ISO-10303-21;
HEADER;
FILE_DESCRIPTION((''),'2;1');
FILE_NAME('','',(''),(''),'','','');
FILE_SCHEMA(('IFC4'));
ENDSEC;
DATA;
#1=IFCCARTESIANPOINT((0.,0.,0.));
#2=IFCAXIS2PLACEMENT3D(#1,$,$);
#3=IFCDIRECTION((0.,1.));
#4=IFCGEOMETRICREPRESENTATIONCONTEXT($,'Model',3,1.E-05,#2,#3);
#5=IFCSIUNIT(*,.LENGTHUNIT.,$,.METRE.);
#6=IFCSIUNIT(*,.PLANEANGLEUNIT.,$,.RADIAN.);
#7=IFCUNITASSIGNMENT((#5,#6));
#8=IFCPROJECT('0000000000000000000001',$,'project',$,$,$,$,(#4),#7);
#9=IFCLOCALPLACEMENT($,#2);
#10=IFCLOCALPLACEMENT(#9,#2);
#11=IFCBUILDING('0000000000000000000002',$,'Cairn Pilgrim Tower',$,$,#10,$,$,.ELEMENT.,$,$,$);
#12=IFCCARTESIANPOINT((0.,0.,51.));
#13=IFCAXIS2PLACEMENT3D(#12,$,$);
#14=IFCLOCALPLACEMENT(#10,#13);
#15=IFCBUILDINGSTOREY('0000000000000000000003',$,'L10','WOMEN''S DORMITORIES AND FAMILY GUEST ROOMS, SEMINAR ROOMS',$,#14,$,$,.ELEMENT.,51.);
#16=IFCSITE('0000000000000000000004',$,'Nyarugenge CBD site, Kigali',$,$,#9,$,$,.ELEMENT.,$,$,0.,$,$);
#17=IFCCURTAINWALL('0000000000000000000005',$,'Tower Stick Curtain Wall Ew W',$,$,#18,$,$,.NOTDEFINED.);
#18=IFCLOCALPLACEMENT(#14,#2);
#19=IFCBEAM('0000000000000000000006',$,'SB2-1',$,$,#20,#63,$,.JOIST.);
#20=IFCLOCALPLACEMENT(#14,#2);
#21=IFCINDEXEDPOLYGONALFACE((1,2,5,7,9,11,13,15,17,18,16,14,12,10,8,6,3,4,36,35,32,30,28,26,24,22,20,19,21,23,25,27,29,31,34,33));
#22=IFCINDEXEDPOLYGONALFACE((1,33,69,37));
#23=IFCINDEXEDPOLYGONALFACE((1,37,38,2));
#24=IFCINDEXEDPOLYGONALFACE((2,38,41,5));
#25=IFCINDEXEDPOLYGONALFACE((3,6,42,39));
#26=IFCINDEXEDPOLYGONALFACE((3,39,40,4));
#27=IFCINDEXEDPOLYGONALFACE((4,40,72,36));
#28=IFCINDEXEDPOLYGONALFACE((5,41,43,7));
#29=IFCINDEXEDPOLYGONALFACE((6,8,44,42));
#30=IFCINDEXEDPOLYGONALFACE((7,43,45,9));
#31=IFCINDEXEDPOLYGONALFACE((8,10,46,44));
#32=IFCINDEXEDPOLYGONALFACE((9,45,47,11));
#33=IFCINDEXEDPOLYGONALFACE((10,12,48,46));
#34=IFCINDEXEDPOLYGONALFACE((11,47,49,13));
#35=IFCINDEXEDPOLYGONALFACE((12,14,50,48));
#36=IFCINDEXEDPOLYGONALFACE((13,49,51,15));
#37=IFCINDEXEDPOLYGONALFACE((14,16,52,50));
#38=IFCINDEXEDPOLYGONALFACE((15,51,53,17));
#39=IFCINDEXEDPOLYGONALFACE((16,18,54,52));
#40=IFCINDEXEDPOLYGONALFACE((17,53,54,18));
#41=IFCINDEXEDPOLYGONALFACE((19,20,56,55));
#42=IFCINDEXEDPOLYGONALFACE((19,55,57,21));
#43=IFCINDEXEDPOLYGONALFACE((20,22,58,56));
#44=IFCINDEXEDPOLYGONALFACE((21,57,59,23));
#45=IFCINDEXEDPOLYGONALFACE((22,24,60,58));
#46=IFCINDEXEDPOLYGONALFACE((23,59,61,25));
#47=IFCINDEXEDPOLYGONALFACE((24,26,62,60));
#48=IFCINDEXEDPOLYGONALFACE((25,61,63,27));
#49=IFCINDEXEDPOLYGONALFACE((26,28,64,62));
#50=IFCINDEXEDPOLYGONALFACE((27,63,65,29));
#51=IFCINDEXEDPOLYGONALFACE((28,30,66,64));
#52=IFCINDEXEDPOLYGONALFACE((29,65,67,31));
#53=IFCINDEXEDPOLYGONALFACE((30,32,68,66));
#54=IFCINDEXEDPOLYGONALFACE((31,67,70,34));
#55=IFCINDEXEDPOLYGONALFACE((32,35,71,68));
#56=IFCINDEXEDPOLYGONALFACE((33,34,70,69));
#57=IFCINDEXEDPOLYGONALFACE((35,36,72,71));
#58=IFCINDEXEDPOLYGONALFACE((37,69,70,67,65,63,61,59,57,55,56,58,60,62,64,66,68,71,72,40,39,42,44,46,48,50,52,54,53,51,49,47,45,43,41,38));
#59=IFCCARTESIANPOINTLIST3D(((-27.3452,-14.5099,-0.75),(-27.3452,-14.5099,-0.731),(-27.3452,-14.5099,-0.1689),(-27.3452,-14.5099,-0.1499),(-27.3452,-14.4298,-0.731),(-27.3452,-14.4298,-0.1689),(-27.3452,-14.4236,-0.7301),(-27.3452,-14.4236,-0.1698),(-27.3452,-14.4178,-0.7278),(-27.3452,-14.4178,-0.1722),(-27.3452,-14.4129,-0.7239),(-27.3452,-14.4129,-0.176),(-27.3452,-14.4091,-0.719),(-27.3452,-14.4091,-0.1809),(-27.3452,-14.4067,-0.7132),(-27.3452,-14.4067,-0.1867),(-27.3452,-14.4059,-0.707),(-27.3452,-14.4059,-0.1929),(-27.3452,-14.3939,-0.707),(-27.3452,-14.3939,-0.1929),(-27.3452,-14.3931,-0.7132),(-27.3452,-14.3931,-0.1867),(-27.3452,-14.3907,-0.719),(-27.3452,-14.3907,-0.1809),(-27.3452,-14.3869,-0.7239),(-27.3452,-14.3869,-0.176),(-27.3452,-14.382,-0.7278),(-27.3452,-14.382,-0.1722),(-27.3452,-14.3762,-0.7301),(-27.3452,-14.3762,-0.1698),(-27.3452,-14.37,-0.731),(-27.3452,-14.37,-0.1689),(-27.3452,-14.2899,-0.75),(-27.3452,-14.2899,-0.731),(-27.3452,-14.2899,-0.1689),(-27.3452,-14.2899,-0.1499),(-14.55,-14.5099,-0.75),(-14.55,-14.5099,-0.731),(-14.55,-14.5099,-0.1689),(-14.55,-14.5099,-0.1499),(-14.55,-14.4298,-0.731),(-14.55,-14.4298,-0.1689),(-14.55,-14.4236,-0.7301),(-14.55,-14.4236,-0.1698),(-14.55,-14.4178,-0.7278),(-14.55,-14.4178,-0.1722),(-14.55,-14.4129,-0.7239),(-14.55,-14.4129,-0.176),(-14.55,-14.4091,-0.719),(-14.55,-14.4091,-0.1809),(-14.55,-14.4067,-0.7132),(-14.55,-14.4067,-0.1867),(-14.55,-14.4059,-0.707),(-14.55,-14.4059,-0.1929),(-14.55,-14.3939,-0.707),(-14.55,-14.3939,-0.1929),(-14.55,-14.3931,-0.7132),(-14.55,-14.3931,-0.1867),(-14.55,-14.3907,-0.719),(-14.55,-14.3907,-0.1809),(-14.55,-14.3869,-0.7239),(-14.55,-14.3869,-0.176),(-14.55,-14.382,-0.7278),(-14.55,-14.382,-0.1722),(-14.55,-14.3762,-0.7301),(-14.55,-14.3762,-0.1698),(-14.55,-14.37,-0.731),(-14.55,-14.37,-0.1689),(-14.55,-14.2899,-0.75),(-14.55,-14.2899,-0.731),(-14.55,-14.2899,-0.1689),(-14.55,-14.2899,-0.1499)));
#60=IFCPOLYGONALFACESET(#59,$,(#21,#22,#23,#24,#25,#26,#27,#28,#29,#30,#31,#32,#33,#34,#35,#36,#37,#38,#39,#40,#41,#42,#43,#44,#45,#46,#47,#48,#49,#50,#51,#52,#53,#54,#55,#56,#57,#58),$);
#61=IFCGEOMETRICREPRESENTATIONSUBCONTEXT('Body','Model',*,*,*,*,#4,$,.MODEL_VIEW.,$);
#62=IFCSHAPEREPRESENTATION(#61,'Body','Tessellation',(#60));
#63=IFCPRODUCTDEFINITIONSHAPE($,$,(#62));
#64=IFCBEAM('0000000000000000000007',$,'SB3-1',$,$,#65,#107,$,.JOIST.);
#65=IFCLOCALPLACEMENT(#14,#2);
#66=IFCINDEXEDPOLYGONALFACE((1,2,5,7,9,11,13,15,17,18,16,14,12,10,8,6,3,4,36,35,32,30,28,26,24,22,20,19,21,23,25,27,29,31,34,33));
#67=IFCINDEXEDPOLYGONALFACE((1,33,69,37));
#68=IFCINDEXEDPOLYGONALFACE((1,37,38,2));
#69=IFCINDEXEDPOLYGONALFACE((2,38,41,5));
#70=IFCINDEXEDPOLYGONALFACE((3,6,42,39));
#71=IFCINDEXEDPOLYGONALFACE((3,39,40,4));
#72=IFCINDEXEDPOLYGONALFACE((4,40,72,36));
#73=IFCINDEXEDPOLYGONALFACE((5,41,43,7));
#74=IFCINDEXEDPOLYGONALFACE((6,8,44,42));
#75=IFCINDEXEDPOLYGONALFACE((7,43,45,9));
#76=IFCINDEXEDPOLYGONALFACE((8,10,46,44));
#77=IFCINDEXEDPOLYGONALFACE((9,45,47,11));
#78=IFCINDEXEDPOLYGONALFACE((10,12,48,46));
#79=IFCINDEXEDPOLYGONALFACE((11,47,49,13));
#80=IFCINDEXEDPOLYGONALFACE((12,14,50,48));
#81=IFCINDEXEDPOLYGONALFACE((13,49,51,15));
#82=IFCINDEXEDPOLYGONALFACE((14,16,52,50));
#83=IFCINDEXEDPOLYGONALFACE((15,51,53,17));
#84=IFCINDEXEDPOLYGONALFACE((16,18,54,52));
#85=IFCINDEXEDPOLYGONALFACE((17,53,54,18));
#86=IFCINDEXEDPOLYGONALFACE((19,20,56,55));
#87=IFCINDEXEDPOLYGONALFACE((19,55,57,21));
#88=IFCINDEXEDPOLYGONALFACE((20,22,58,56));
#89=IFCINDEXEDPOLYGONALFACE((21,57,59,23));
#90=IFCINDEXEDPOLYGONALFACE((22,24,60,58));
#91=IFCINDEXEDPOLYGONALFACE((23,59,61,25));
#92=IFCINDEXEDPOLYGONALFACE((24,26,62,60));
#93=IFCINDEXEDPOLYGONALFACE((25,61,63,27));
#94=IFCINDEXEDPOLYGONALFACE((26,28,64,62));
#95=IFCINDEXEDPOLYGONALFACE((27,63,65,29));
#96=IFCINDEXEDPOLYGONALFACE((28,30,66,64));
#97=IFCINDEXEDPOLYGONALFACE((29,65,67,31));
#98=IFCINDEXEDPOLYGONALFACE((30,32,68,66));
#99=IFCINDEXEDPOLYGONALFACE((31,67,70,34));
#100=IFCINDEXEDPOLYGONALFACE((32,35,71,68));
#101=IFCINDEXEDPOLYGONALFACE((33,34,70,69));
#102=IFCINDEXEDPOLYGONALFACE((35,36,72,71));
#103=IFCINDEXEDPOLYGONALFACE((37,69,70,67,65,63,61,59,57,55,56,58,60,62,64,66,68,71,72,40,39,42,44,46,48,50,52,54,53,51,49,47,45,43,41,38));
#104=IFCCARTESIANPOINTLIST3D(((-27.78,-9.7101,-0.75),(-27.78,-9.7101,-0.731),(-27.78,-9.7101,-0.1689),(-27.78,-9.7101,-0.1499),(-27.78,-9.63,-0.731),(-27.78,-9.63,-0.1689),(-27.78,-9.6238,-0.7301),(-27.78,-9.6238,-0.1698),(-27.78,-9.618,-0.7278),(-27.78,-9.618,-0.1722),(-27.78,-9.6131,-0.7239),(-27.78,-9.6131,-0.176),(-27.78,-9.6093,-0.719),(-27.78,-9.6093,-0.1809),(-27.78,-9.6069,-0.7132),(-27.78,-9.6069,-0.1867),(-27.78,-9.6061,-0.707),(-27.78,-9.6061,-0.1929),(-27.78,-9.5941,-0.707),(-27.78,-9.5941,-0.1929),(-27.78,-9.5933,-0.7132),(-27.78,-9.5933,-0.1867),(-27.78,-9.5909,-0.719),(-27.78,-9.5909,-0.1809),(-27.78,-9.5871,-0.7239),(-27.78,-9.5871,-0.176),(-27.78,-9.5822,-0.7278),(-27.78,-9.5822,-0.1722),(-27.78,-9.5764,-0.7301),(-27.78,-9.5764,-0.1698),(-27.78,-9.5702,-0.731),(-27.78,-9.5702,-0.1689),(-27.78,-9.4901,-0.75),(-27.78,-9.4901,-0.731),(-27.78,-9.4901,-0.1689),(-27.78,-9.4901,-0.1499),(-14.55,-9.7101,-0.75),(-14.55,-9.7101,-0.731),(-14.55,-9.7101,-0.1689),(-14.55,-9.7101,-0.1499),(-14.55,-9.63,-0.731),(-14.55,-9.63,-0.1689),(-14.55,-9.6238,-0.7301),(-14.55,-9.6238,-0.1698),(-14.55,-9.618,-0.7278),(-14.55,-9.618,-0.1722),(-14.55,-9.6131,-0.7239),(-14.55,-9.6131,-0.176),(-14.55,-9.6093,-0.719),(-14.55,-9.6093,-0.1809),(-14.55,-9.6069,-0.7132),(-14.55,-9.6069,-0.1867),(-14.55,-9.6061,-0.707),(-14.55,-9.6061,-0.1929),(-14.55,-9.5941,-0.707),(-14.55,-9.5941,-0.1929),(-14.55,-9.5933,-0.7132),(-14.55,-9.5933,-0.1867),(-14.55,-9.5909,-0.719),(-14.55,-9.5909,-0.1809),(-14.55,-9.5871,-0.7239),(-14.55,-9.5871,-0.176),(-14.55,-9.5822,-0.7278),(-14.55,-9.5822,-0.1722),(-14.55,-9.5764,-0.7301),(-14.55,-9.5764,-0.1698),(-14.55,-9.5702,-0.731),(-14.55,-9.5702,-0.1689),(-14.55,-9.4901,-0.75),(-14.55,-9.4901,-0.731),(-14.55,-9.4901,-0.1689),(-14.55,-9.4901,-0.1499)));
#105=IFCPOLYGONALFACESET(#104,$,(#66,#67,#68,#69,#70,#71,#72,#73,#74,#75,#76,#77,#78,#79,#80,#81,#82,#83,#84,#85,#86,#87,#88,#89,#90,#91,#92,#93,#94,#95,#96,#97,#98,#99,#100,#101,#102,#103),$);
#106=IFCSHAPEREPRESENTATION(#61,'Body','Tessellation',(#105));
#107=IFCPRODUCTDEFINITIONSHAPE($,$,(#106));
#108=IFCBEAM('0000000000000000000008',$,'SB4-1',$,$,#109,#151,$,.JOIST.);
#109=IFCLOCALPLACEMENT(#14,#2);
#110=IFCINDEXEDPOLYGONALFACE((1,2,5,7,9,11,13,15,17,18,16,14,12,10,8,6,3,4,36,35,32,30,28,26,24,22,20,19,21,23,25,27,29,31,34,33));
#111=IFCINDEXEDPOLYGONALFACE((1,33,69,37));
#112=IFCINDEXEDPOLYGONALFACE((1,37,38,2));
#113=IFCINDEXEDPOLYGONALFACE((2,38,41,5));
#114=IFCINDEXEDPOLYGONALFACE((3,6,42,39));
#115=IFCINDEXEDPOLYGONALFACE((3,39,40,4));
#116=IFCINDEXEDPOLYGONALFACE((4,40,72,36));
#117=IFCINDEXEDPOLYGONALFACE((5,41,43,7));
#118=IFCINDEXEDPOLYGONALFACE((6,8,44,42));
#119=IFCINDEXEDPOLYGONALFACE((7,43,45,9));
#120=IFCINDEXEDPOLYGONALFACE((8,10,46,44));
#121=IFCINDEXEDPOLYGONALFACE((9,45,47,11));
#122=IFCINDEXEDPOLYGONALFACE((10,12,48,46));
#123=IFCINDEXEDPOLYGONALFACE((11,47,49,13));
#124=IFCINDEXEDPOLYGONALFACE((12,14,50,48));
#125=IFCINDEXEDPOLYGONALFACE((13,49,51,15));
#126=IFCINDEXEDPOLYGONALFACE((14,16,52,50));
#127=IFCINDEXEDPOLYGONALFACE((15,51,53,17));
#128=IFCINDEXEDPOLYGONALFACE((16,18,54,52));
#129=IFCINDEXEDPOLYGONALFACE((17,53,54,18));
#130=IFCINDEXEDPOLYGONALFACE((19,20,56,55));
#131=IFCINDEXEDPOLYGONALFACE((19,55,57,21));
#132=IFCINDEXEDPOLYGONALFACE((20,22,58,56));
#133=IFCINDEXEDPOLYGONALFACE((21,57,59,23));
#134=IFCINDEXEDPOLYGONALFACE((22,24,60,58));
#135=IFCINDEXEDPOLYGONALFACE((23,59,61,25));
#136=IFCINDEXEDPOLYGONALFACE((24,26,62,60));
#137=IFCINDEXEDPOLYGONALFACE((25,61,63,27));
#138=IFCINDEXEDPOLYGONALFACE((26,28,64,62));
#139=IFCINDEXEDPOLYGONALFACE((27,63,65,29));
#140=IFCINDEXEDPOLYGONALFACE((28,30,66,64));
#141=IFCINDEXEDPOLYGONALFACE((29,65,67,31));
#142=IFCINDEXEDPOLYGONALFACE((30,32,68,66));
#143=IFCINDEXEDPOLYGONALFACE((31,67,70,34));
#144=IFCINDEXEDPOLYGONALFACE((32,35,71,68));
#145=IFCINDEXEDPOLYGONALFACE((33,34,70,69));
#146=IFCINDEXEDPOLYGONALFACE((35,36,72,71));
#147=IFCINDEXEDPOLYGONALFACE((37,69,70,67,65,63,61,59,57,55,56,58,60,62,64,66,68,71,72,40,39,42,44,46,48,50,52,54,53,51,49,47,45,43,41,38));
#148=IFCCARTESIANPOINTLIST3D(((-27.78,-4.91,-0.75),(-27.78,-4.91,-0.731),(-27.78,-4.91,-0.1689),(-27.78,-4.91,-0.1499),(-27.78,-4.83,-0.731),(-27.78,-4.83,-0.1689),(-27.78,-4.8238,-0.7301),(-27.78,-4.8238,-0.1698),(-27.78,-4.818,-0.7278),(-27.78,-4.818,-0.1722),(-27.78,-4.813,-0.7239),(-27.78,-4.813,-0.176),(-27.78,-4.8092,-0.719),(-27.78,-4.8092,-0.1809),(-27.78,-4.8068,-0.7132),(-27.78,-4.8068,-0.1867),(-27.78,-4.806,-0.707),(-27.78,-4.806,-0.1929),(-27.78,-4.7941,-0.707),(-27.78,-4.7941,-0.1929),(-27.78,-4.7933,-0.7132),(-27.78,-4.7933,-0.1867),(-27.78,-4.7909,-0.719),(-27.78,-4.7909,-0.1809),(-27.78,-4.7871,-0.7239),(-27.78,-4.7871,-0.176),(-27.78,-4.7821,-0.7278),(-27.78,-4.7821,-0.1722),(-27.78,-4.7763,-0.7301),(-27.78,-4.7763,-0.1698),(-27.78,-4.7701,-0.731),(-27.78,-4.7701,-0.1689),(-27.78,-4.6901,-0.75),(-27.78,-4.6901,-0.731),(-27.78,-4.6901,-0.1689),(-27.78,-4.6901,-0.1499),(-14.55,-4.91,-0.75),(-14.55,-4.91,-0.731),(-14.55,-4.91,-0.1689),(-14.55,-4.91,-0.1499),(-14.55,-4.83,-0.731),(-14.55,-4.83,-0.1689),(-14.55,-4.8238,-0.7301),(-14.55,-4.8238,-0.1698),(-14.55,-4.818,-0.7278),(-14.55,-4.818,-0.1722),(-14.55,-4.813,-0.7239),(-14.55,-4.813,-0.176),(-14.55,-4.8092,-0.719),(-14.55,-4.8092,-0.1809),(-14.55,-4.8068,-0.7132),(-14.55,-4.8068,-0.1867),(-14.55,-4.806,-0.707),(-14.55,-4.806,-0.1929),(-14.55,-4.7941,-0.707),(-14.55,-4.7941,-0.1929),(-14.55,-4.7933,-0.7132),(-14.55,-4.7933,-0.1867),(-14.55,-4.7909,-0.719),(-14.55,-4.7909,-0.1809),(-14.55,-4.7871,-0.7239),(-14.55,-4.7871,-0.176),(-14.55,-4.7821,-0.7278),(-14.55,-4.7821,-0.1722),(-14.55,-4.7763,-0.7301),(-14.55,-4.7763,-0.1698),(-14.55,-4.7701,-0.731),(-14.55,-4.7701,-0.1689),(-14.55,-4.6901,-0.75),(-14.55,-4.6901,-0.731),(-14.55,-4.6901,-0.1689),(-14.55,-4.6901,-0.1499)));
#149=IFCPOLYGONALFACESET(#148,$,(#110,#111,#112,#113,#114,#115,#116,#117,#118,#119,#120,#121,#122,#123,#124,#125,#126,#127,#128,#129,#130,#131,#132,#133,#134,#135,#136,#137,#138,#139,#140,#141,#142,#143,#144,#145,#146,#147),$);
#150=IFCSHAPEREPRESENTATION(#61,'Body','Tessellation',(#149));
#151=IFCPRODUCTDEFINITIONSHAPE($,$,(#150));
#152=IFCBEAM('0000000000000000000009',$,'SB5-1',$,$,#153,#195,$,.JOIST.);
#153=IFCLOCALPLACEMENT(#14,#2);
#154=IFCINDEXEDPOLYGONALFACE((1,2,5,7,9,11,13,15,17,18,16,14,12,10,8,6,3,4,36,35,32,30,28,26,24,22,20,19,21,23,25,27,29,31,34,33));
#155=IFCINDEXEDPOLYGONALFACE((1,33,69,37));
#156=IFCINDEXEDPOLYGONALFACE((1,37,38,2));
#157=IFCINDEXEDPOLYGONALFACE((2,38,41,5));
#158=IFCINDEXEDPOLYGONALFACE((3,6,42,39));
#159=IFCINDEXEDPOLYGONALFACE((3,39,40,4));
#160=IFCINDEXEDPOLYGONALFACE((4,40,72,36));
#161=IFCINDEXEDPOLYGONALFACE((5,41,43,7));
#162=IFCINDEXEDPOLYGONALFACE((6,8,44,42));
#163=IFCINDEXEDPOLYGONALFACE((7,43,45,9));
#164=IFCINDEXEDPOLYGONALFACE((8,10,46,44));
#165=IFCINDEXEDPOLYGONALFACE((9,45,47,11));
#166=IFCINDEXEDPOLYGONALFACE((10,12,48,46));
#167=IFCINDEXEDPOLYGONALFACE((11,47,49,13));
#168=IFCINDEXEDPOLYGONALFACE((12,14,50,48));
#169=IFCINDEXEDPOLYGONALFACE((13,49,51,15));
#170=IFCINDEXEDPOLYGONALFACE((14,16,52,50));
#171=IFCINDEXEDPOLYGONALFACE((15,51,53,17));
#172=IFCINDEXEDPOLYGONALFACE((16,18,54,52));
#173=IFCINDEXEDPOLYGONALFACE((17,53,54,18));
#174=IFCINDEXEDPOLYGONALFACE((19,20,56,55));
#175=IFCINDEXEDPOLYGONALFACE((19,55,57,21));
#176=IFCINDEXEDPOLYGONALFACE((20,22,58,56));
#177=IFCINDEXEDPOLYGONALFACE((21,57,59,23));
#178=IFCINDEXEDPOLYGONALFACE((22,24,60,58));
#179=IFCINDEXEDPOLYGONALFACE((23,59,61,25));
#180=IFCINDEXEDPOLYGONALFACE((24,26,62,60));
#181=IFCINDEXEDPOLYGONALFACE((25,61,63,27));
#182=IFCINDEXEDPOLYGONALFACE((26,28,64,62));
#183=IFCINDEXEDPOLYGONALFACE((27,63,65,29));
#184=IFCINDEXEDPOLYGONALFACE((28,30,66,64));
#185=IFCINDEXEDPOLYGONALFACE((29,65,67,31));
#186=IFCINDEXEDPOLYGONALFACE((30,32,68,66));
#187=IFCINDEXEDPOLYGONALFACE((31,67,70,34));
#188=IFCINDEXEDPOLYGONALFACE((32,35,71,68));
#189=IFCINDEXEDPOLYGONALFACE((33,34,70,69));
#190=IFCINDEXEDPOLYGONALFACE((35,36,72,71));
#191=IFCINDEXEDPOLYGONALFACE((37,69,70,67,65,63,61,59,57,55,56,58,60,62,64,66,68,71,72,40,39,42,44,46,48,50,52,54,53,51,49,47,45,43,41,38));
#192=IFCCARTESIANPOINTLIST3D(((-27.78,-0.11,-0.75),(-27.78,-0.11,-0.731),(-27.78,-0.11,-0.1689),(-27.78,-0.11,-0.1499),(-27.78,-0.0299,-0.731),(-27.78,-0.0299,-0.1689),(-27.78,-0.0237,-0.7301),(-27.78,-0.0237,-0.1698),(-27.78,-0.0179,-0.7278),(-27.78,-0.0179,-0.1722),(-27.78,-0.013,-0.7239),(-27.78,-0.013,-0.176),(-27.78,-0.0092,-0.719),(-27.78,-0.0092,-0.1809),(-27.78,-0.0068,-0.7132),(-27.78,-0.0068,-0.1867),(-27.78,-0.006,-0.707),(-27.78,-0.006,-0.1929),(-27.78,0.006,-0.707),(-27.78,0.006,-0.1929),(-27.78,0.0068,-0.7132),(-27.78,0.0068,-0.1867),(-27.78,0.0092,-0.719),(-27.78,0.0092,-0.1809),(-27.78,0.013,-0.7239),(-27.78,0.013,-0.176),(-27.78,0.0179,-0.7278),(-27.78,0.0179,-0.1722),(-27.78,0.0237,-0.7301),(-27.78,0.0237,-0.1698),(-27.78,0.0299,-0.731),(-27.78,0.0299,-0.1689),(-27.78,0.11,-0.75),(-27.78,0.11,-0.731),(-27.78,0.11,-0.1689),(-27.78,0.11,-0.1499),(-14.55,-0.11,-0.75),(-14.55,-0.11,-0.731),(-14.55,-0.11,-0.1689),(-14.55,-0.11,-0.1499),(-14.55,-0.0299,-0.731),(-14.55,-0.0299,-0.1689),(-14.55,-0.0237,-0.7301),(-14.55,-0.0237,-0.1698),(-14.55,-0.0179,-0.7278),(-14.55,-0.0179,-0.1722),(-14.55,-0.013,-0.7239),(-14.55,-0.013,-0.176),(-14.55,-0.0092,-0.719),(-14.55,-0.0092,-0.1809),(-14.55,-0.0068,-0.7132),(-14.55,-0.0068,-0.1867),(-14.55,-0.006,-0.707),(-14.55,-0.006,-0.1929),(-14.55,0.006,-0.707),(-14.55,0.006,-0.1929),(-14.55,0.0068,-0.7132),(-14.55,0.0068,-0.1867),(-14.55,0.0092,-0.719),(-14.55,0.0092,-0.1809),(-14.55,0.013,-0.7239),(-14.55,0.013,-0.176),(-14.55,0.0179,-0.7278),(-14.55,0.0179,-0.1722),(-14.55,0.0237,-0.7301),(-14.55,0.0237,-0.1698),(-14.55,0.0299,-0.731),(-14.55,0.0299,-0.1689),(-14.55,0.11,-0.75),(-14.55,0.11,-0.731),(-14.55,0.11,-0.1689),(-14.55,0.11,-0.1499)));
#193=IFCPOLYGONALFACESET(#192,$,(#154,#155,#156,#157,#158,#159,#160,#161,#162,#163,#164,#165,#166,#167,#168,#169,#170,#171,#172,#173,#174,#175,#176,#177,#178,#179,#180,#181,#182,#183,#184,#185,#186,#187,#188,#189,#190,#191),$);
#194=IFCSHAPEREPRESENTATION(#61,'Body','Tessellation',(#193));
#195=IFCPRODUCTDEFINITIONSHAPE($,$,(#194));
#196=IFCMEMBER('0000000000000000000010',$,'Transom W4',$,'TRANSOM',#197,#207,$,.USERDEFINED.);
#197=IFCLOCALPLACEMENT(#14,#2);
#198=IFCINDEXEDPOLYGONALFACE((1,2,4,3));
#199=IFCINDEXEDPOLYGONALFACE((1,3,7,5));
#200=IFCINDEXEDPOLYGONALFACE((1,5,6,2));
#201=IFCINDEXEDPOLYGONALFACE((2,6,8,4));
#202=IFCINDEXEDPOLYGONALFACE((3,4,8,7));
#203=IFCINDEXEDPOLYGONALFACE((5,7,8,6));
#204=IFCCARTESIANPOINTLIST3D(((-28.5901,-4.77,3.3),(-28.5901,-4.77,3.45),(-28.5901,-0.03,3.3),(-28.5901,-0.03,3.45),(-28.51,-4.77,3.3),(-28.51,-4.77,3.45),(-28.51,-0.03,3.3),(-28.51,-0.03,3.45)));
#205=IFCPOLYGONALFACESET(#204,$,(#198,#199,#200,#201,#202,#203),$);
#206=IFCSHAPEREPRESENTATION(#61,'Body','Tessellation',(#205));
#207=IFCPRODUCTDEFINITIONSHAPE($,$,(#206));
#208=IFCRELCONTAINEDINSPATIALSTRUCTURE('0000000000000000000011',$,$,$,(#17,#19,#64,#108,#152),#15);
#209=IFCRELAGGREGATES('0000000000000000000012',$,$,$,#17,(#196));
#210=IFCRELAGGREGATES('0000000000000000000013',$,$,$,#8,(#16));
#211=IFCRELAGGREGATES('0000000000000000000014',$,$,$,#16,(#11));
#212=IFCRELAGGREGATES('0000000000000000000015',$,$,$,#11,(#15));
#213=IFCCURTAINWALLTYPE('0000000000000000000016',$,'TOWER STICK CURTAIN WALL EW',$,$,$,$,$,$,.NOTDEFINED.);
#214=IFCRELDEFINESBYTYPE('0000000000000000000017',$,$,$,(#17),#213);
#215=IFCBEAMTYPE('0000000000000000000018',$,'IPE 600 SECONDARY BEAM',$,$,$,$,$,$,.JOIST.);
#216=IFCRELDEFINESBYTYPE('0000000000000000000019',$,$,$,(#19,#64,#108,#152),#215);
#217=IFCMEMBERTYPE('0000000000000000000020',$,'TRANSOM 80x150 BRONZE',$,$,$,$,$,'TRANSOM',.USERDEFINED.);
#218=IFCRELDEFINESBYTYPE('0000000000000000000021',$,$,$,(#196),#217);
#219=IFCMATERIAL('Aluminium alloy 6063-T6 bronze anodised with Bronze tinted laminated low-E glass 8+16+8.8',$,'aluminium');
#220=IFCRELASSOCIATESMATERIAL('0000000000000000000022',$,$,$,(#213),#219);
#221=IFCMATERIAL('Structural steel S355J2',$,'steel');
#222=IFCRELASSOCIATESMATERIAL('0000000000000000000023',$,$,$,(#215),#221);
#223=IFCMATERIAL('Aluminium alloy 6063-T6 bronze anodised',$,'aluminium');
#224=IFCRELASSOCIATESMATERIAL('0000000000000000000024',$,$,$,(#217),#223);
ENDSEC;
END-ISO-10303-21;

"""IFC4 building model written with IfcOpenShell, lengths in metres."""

from ifc_helpers import new_model, si_unit, direction, frame, origin, origin_2d, place, context, subcontext, project, spatial, rectangle, i_section, extrude, material, material_profile, profile_set, type_object, element, aggregate, save


model = new_model("IFC4")

# Units and contexts
model_context = context("Model", 3, precision=1e-05, world=origin(), true_north=direction((0.0, 1.0)))
body_context = subcontext(model_context, "Body", "Model", "MODEL_VIEW")
ifc_project = project(units=[si_unit("LENGTHUNIT", "METRE"), si_unit("PLANEANGLEUNIT", "RADIAN")], contexts=[model_context])

# Site, building, storey
site_placement = place(None, origin())
site = spatial("IfcSite", under=ifc_project, at=site_placement, Name="Nyarugenge CBD site, Kigali", CompositionType="ELEMENT", RefElevation=0.0)
building_placement = place(site_placement, origin())
building = spatial("IfcBuilding", under=site, at=building_placement, Name="Cairn Pilgrim Tower", CompositionType="ELEMENT")
storey_placement = place(building_placement, frame((0.0, 0.0, 51.0)))
storey = spatial("IfcBuildingStorey", under=building, at=storey_placement, Name="L10", Description="WOMEN'S DORMITORIES AND FAMILY GUEST ROOMS, SEMINAR ROOMS", CompositionType="ELEMENT", Elevation=51.0)

# Curtain wall
ifc_material_1 = material(Name="Aluminium alloy 6063-T6 bronze anodised with Bronze tinted laminated low-E glass 8+16+8.8", Category="aluminium")
curtain_wall_type_1 = type_object("IfcCurtainWallType", Name="TOWER STICK CURTAIN WALL EW", PredefinedType="NOTDEFINED", material=ifc_material_1)
curtain_wall_1_placement = place(storey_placement, origin())
curtain_wall_1 = element("IfcCurtainWall", 1, at=curtain_wall_1_placement, inside=storey, type_object=curtain_wall_type_1, Name="Tower Stick Curtain Wall Ew W", PredefinedType="NOTDEFINED")
ifc_material_2 = material(Name="Aluminium alloy 6063-T6 bronze anodised", Category="aluminium")

# Beams
ifc_material_3 = material(Name="Structural steel S355J2", Category="steel")
ifc_material_profile_1 = material_profile(ifc_material_3, i_section(OverallWidth=0.22, OverallDepth=0.6001, WebThickness=0.012, FlangeThickness=0.019, FilletRadius=0.0239, at=origin_2d()), Name="IPE 600")
ifc_profile_set_1 = profile_set([ifc_material_profile_1], Name="Structural steel S355J2")
beam_type_1 = type_object("IfcBeamType", Name="IPE 600 SECONDARY BEAM", PredefinedType="JOIST", material=ifc_profile_set_1)
beam_1_placement = place(storey_placement, frame((-27.3452, -14.3999, -0.45), z_axis=(1.0, 0.0, 0.0), x_axis=(0.0, 1.0, 0.0)))
element("IfcBeam", 2, at=beam_1_placement, inside=storey, type_object=beam_type_1, Name="SB2-1", PredefinedType="JOIST", context=body_context, shape_type="SweptSolid", body=[
    extrude(i_section(OverallWidth=0.22, OverallDepth=0.6001, WebThickness=0.012, FlangeThickness=0.019, FilletRadius=0.0239, at=origin_2d()), origin(), (0.0, 0.0, 1.0), 12.7952),
])
for number, where, z_axis, x_axis, name in (
    (3, (-27.78, -9.6001, -0.45), (1.0, 0.0, 0.0), (0.0, 1.0, 0.0), "SB3-1"),
    (4, (-27.78, -4.8, -0.45), (1.0, 0.0, 0.0), (0.0, 1.0, 0.0), "SB4-1"),
    (5, (-27.78, 0.0, -0.45), (1.0, 0.0, 0.0), (0.0, 1.0, 0.0), "SB5-1"),
):
    element("IfcBeam", number, at=place(storey_placement, frame(where, z_axis=z_axis, x_axis=x_axis)), inside=storey, type_object=beam_type_1, Name=name, PredefinedType="JOIST", context=body_context, shape_type="SweptSolid", body=[
        extrude(i_section(OverallWidth=0.22, OverallDepth=0.6001, WebThickness=0.012, FlangeThickness=0.019, FilletRadius=0.0239, at=origin_2d()), origin(), (0.0, 0.0, 1.0), 13.23),
    ])

# Member
ifc_material_profile_2 = material_profile(ifc_material_2, rectangle(XDim=0.0801, YDim=0.1499, at=origin_2d()), Name="TRANSOM 80x150 BRONZE")
ifc_profile_set_2 = profile_set([ifc_material_profile_2], Name="Aluminium alloy 6063-T6 bronze anodised")
member_type_1 = type_object("IfcMemberType", Name="TRANSOM 80x150 BRONZE", ElementType="TRANSOM", PredefinedType="USERDEFINED", material=ifc_profile_set_2)
member_1_placement = place(storey_placement, frame((-28.55, -0.03, 3.375), z_axis=(0.0, -1.0, 0.0), x_axis=(1.0, 0.0, 0.0)))
member_1 = element("IfcMember", 6, at=member_1_placement, type_object=member_type_1, Name="Transom W4", ObjectType="TRANSOM", PredefinedType="USERDEFINED", context=body_context, shape_type="SweptSolid", body=[
    extrude(rectangle(XDim=0.0801, YDim=0.1499, at=origin_2d()), origin(), (0.0, 0.0, 1.0), 4.74),
])

aggregate(curtain_wall_1, [member_1])

save(model, "model.ifc")
